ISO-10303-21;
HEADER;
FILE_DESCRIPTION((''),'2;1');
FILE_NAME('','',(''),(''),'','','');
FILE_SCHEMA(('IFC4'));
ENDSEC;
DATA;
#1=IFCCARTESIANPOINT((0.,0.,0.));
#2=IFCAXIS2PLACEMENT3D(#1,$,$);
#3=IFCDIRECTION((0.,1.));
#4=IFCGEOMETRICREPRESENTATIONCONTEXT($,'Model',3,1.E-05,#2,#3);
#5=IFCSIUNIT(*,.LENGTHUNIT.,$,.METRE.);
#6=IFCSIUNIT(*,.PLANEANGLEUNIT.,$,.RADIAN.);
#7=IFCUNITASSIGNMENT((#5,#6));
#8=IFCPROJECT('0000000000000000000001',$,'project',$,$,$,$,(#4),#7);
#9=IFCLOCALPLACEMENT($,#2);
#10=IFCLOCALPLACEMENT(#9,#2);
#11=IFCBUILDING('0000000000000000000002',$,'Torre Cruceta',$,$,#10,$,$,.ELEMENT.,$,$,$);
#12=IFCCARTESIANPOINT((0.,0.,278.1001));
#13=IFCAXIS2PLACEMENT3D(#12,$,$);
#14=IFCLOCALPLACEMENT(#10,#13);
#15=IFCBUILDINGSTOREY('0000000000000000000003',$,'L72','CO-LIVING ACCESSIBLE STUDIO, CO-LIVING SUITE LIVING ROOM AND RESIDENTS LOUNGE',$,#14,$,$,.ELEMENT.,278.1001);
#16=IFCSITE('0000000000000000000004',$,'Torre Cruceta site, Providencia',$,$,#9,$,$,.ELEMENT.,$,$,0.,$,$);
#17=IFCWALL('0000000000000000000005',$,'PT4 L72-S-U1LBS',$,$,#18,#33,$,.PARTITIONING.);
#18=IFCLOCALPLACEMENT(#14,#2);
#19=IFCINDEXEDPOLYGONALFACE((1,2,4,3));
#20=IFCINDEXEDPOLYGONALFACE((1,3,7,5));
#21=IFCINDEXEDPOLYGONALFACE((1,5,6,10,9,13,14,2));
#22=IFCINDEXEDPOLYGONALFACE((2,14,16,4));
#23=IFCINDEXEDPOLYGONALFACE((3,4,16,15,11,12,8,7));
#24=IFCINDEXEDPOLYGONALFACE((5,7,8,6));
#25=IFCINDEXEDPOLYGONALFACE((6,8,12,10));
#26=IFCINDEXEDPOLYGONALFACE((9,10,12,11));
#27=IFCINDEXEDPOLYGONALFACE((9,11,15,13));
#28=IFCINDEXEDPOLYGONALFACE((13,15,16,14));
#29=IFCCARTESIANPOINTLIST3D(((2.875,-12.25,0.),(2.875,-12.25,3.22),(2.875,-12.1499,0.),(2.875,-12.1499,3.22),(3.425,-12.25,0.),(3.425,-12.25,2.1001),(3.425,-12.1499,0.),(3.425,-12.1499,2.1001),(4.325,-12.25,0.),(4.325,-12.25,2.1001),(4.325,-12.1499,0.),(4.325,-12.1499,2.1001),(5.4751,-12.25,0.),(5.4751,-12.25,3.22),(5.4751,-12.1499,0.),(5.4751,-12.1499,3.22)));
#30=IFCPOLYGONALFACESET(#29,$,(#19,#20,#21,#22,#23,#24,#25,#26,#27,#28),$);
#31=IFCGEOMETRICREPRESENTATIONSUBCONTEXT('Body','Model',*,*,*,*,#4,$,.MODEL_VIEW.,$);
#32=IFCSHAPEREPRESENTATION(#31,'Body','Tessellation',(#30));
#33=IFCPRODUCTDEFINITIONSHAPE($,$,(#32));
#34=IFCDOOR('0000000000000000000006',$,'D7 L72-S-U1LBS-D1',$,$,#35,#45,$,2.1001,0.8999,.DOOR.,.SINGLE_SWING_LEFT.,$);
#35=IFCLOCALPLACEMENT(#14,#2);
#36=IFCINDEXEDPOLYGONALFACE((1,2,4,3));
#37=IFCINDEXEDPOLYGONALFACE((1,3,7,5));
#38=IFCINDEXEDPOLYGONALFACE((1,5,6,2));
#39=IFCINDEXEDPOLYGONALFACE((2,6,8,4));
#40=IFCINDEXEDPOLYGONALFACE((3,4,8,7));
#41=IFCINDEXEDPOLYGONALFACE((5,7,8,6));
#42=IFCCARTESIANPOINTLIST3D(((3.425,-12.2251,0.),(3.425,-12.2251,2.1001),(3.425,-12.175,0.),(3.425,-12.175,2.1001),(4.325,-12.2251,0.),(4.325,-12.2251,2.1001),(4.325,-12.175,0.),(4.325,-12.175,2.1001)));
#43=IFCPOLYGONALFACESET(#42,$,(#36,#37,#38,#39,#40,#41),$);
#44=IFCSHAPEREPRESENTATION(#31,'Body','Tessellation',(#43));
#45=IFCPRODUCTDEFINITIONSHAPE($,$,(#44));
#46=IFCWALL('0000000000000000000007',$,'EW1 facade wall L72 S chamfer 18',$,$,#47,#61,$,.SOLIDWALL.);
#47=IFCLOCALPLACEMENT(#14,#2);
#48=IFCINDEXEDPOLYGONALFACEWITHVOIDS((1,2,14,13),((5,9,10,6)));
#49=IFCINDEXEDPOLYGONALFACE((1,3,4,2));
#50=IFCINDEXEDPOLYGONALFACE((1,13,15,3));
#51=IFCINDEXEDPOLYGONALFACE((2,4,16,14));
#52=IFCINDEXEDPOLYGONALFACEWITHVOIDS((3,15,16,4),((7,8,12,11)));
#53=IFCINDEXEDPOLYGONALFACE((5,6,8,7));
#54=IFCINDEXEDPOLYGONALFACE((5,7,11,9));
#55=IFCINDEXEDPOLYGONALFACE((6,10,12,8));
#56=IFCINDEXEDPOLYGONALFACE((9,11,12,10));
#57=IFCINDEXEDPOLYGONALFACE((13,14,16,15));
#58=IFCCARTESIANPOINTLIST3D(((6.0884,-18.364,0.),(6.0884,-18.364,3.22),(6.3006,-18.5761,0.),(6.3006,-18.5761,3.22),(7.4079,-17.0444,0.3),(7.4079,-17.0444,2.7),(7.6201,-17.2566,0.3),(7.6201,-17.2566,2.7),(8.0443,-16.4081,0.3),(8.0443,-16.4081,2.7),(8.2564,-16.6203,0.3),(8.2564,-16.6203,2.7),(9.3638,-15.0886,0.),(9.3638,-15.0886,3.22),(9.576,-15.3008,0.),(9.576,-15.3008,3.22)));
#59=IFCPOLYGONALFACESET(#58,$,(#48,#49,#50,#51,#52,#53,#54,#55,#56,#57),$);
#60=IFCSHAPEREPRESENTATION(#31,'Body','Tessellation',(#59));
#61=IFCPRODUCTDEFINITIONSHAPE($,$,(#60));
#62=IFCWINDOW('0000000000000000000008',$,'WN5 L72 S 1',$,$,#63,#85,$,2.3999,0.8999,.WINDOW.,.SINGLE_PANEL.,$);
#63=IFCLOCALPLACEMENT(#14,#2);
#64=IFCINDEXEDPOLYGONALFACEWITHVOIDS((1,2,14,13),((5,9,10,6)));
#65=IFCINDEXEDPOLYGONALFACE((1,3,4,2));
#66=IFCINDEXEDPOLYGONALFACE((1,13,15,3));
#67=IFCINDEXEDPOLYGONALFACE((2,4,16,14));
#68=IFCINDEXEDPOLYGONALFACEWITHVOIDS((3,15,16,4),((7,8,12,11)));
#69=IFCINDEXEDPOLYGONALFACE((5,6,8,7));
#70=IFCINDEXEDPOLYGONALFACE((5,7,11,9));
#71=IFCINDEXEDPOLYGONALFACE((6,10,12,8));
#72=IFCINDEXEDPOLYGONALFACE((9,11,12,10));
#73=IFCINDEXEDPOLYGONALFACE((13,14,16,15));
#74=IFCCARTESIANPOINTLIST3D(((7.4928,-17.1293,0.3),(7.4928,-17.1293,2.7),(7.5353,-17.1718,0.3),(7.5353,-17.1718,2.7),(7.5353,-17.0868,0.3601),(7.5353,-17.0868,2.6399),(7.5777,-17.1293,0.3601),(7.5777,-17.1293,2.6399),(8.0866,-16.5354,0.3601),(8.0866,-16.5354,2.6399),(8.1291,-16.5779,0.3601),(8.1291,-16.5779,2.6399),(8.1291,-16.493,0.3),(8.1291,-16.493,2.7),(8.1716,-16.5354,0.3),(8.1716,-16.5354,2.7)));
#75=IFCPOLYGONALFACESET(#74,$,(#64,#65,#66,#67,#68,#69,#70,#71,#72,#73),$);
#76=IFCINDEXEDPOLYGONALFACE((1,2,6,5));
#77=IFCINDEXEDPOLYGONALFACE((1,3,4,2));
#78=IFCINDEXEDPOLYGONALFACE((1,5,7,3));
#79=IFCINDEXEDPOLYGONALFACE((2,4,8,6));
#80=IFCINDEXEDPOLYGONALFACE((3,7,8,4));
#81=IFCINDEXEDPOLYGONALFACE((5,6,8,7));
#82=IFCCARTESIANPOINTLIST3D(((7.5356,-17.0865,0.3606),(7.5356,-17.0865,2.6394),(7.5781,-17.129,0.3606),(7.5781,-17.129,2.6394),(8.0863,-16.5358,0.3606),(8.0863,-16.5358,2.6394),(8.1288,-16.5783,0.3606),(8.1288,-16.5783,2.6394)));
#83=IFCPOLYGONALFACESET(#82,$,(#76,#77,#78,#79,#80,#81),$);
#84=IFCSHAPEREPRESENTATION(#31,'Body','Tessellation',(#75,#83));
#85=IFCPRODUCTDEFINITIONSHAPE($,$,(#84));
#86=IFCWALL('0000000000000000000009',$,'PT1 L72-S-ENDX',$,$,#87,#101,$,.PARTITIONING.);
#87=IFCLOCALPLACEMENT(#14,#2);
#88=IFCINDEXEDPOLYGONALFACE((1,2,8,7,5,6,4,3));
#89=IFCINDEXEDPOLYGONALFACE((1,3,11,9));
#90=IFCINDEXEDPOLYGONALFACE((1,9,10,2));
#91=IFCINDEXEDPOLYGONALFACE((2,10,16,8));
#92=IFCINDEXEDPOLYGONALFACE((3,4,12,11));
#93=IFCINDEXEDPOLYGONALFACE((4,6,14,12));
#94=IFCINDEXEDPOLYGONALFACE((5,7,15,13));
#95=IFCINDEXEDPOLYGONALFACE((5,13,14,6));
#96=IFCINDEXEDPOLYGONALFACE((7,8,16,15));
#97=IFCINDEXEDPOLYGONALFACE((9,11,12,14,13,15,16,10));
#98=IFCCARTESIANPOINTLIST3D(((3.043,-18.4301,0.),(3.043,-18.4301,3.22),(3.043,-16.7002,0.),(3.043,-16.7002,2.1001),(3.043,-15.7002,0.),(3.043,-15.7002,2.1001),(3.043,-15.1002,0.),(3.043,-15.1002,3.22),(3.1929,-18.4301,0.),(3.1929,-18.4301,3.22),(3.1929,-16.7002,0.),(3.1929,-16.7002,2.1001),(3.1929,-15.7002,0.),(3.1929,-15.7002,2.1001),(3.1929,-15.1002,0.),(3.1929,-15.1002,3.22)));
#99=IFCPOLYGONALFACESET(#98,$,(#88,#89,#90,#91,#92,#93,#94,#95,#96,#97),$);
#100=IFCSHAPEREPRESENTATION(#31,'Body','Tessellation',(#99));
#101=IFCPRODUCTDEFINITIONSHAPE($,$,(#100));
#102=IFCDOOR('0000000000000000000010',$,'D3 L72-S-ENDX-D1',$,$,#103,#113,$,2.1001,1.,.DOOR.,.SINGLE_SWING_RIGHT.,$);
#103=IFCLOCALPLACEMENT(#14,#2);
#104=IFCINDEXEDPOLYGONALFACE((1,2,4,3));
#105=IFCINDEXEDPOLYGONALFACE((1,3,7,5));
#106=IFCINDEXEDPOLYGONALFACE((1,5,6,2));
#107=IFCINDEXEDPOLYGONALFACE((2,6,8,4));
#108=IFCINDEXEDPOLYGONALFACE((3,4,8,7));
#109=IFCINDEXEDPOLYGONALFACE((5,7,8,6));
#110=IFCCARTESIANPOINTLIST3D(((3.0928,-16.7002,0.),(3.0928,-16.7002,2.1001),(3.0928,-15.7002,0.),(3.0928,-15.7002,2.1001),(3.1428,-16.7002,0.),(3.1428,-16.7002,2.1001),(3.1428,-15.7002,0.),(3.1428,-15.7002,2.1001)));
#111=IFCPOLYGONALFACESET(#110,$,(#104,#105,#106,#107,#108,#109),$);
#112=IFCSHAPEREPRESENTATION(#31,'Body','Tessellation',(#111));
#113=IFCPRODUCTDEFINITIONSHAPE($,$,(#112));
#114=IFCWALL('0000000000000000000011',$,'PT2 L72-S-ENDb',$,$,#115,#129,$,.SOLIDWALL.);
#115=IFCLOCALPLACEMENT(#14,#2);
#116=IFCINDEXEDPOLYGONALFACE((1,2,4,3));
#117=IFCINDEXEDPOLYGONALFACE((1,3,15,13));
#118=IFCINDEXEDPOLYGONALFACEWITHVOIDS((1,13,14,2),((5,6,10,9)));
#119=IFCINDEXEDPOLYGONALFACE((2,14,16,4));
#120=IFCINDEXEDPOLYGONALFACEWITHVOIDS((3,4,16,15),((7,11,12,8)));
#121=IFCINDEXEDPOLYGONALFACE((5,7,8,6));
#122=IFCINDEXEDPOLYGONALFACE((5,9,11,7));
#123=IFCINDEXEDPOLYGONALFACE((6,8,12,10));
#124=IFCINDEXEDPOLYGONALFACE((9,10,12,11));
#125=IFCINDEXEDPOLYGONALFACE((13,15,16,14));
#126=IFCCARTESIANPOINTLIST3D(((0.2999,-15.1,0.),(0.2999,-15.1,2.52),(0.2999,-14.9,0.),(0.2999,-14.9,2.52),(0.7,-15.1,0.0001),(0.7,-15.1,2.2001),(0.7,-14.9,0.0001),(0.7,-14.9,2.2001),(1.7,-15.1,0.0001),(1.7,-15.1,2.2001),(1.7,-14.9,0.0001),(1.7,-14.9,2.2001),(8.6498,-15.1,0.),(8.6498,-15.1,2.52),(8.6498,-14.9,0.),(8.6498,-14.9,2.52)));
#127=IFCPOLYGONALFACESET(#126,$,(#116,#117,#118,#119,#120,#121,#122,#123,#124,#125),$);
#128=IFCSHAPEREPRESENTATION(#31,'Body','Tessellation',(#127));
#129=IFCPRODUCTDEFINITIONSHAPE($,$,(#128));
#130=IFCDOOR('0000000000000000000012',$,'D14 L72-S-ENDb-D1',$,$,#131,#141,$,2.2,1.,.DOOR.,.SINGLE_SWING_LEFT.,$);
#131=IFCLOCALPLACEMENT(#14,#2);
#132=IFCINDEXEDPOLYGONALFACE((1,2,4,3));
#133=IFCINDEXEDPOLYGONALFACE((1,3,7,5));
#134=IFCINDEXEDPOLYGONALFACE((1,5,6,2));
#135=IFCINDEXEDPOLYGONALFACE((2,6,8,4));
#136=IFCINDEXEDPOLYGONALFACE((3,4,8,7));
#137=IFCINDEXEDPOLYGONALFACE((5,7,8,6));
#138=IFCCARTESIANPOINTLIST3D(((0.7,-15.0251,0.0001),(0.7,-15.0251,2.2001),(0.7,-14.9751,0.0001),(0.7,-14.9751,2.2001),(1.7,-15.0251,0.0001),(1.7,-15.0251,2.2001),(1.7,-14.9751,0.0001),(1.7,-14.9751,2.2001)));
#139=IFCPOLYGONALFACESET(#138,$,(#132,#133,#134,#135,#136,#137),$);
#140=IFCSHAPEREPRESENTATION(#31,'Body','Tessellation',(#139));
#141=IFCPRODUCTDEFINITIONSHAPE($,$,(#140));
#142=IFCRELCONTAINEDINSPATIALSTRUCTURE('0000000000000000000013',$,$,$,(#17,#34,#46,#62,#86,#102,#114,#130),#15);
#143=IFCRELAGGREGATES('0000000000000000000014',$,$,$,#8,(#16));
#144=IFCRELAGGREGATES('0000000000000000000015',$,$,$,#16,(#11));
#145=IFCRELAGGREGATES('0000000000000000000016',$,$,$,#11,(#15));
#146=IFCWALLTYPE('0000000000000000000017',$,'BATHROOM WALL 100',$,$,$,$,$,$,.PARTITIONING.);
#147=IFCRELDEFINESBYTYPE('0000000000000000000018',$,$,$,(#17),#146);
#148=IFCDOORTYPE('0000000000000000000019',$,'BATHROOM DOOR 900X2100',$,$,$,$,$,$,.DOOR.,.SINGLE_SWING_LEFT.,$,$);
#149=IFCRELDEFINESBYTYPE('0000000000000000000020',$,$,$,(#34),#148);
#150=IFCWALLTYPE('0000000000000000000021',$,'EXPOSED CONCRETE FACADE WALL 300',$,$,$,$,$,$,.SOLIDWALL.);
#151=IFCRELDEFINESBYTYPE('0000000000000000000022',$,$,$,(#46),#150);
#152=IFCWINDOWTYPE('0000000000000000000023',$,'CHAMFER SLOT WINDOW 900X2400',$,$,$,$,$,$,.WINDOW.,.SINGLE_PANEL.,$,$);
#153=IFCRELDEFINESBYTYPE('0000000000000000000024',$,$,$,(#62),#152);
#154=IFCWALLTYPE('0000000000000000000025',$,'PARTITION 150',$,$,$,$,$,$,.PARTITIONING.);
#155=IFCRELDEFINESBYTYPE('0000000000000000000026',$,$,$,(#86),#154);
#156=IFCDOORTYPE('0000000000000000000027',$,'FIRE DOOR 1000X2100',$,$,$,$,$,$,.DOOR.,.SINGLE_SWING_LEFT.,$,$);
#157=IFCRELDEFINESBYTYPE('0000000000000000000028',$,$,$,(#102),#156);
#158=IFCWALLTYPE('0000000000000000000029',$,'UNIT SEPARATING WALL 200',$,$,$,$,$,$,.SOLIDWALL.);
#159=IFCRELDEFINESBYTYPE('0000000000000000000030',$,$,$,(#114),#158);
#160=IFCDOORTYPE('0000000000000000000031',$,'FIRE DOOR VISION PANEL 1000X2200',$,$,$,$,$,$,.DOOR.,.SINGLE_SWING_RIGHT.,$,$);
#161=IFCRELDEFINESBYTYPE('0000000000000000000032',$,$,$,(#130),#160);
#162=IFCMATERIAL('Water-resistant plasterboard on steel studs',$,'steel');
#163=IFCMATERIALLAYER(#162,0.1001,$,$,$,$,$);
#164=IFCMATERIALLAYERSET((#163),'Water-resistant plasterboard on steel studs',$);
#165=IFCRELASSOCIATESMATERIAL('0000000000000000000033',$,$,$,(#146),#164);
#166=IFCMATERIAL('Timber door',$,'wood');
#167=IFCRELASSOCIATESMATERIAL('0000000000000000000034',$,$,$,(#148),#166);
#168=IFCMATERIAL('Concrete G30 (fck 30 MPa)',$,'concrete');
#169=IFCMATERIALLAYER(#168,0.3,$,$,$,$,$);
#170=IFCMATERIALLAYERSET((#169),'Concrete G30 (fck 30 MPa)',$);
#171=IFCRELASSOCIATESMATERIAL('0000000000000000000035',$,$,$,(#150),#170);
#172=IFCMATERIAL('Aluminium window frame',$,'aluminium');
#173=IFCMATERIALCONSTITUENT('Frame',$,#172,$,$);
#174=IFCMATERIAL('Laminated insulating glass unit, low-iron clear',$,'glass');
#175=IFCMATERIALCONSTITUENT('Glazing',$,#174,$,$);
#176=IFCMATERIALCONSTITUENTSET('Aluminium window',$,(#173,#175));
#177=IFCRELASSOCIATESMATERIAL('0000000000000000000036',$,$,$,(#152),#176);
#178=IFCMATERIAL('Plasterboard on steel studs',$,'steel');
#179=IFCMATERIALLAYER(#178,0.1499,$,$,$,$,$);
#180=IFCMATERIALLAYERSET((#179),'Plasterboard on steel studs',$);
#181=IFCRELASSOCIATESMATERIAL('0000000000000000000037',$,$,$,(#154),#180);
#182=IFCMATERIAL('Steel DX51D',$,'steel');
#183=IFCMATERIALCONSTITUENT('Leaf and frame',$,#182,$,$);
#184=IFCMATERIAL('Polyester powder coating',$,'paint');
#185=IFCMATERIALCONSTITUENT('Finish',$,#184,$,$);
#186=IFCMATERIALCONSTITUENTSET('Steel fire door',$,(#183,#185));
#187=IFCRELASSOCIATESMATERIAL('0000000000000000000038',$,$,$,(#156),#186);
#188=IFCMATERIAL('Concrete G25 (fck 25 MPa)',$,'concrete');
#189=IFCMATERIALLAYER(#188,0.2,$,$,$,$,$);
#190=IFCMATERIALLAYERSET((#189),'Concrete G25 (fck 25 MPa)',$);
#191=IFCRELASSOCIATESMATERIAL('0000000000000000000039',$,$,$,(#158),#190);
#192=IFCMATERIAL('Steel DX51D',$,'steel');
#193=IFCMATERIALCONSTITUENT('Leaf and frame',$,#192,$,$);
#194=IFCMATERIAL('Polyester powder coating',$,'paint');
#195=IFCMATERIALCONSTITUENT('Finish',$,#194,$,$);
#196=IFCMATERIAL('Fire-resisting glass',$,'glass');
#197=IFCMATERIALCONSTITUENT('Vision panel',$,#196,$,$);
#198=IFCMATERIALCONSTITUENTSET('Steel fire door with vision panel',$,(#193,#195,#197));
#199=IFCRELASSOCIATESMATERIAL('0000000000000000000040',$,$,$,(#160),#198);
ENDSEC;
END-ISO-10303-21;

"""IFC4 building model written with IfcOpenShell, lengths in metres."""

from ifc_helpers import new_model, si_unit, direction, frame, frame_2d, origin, place, context, subcontext, project, spatial, rectangle, hollow_rectangle, extrude, material, layer, layer_set, constituent, constituent_set, type_object, element, fill, save


model = new_model("IFC4")

# Units and contexts
model_context = context("Model", 3, precision=1e-05, world=origin(), true_north=direction((0.0, 1.0)))
body_context = subcontext(model_context, "Body", "Model", "MODEL_VIEW")
ifc_project = project(units=[si_unit("LENGTHUNIT", "METRE"), si_unit("PLANEANGLEUNIT", "RADIAN")], contexts=[model_context])

# Site, building, storey
site_placement = place(None, origin())
site = spatial("IfcSite", under=ifc_project, at=site_placement, Name="Torre Cruceta site, Providencia", CompositionType="ELEMENT", RefElevation=0.0)
building_placement = place(site_placement, origin())
building = spatial("IfcBuilding", under=site, at=building_placement, Name="Torre Cruceta", CompositionType="ELEMENT")
storey_placement = place(building_placement, frame((0.0, 0.0, 278.1001)))
storey = spatial("IfcBuildingStorey", under=building, at=storey_placement, Name="L72", Description="CO-LIVING ACCESSIBLE STUDIO, CO-LIVING SUITE LIVING ROOM AND RESIDENTS LOUNGE", CompositionType="ELEMENT", Elevation=278.1001)

# Wall, opening, door
ifc_material_1 = material(Name="Water-resistant plasterboard on steel studs", Category="steel")
ifc_layer_1 = layer(ifc_material_1, 0.1001)
ifc_layer_set_1 = layer_set([ifc_layer_1], Name="Water-resistant plasterboard on steel studs")
wall_type_1 = type_object("IfcWallType", Name="BATHROOM WALL 100", PredefinedType="PARTITIONING", material=ifc_layer_set_1)
wall_1_placement = place(storey_placement, frame((2.875, -12.2, 0.0), z_axis=(0.0, 0.0, 1.0), x_axis=(1.0, 0.0, 0.0)))
wall_1 = element("IfcWall", 1, at=wall_1_placement, inside=storey, type_object=wall_type_1, Name="PT4 L72-S-U1LBS", PredefinedType="PARTITIONING", context=body_context, shape_type="SweptSolid", body=[
    extrude(rectangle(XDim=2.6001, YDim=0.1001, at=frame_2d((1.3, 0.0))), origin(), (0.0, 0.0, 1.0), 3.22),
])
opening_1_placement = place(wall_1_placement, frame((0.55, 0.0, 0.0)))
opening_1 = element("IfcOpeningElement", 2, at=opening_1_placement, cuts=wall_1, PredefinedType="OPENING", context=body_context, shape_type="SweptSolid", body=[
    extrude(rectangle(XDim=0.8999, YDim=2.1001, at=frame_2d((0.45, 1.05))), frame((0.0, 0.0601, 0.0), z_axis=(0.0, -1.0, 0.0), x_axis=(1.0, 0.0, 0.0)), (0.0, 0.0, 1.0), 0.1201),
])
ifc_material_2 = material(Name="Timber door", Category="wood")
door_type_1 = type_object("IfcDoorType", Name="BATHROOM DOOR 900X2100", OperationType="SINGLE_SWING_LEFT", PredefinedType="DOOR", material=ifc_material_2)
door_1_placement = place(opening_1_placement, origin())
door_1 = element("IfcDoor", 3, at=door_1_placement, inside=storey, type_object=door_type_1, Name="D7 L72-S-U1LBS-D1", OperationType="SINGLE_SWING_LEFT", OverallHeight=2.1001, OverallWidth=0.8999, PredefinedType="DOOR", context=body_context, shape_type="SweptSolid", body=[
    extrude(rectangle(XDim=0.8999, YDim=2.1001, at=frame_2d((0.45, 1.05))), frame((0.0, 0.0249, 0.0), z_axis=(0.0, -1.0, 0.0), x_axis=(1.0, 0.0, 0.0)), (0.0, 0.0, 1.0), 0.05),
])
fill(opening_1, door_1)

# Wall, opening, window
ifc_material_3 = material(Name="Concrete G30 (fck 30 MPa)", Category="concrete")
ifc_layer_2 = layer(ifc_material_3, 0.3)
ifc_layer_set_2 = layer_set([ifc_layer_2], Name="Concrete G30 (fck 30 MPa)")
wall_type_2 = type_object("IfcWallType", Name="EXPOSED CONCRETE FACADE WALL 300", PredefinedType="SOLIDWALL", material=ifc_layer_set_2)
wall_2_placement = place(storey_placement, frame((6.1946, -18.47, 0.0), z_axis=(0.0, 0.0, 1.0), x_axis=(0.707107, 0.707107, 0.0)))
wall_2 = element("IfcWall", 4, at=wall_2_placement, inside=storey, type_object=wall_type_2, Name="EW1 facade wall L72 S chamfer 18", PredefinedType="SOLIDWALL", context=body_context, shape_type="SweptSolid", body=[
    extrude(rectangle(XDim=4.6321, YDim=0.3, at=frame_2d((2.3159, 0.0))), origin(), (0.0, 0.0, 1.0), 3.22),
])
opening_2_placement = place(wall_2_placement, frame((1.866, 0.0, 0.3)))
opening_2 = element("IfcOpeningElement", 5, at=opening_2_placement, cuts=wall_2, PredefinedType="OPENING", context=body_context, shape_type="SweptSolid", body=[
    extrude(rectangle(XDim=0.8999, YDim=2.3999, at=frame_2d((0.45, 1.2))), frame((0.0, 0.1599, 0.0), z_axis=(0.0, -1.0, 0.0), x_axis=(1.0, 0.0, 0.0)), (0.0, 0.0, 1.0), 0.3201),
])
ifc_material_4 = material(Name="Aluminium window frame", Category="aluminium")
ifc_constituent_1 = constituent(ifc_material_4, Name="Frame")
ifc_material_5 = material(Name="Laminated insulating glass unit, low-iron clear", Category="glass")
ifc_constituent_2 = constituent(ifc_material_5, Name="Glazing")
ifc_constituent_set_1 = constituent_set(constituents=[ifc_constituent_1, ifc_constituent_2], Name="Aluminium window")
window_type = type_object("IfcWindowType", Name="CHAMFER SLOT WINDOW 900X2400", PartitioningType="SINGLE_PANEL", PredefinedType="WINDOW", material=ifc_constituent_set_1)
window_placement = place(opening_2_placement, origin())
window = element("IfcWindow", 6, at=window_placement, inside=storey, type_object=window_type, Name="WN5 L72 S 1", OverallHeight=2.3999, OverallWidth=0.8999, PartitioningType="SINGLE_PANEL", PredefinedType="WINDOW", context=body_context, shape_type="SweptSolid", body=[
    extrude(hollow_rectangle(XDim=0.8999, YDim=2.3999, WallThickness=0.0601, at=frame_2d((0.45, 1.2))), frame((0.0, 0.03, 0.0), z_axis=(0.0, -1.0, 0.0), x_axis=(1.0, 0.0, 0.0)), (0.0, 0.0, 1.0), 0.0601),
    extrude(rectangle(XDim=0.7788, YDim=2.2788, at=frame_2d((0.45, 1.2))), frame((0.0, 0.03, 0.0), z_axis=(0.0, -1.0, 0.0), x_axis=(1.0, 0.0, 0.0)), (0.0, 0.0, 1.0), 0.0601),
])
fill(opening_2, window)

# Walls, openings, doors
ifc_material_6 = material(Name="Plasterboard on steel studs", Category="steel")
ifc_layer_3 = layer(ifc_material_6, 0.1499)
ifc_layer_set_3 = layer_set([ifc_layer_3], Name="Plasterboard on steel studs")
wall_type_3 = type_object("IfcWallType", Name="PARTITION 150", PredefinedType="PARTITIONING", material=ifc_layer_set_3)
wall_3_placement = place(storey_placement, frame((3.1179, -15.1001, 0.0), z_axis=(0.0, 0.0, 1.0), x_axis=(0.0, -1.0, 0.0)))
wall_3 = element("IfcWall", 7, at=wall_3_placement, inside=storey, type_object=wall_type_3, Name="PT1 L72-S-ENDX", PredefinedType="PARTITIONING", context=body_context, shape_type="SweptSolid", body=[
    extrude(rectangle(XDim=3.3298, YDim=0.1499, at=frame_2d((1.665, 0.0))), origin(), (0.0, 0.0, 1.0), 3.22),
])
opening_3_placement = place(wall_3_placement, frame((0.6001, 0.0, 0.0)))
opening_3 = element("IfcOpeningElement", 8, at=opening_3_placement, cuts=wall_3, PredefinedType="OPENING", context=body_context, shape_type="SweptSolid", body=[
    extrude(rectangle(XDim=1.0, YDim=2.1001, at=frame_2d((0.5, 1.05))), frame((0.0, 0.085, 0.0), z_axis=(0.0, -1.0, 0.0), x_axis=(1.0, 0.0, 0.0)), (0.0, 0.0, 1.0), 0.1699),
])
ifc_material_7 = material(Name="Steel DX51D", Category="steel")
ifc_constituent_3 = constituent(ifc_material_7, Name="Leaf and frame")
ifc_material_8 = material(Name="Polyester powder coating", Category="paint")
ifc_constituent_4 = constituent(ifc_material_8, Name="Finish")
ifc_constituent_set_2 = constituent_set(constituents=[ifc_constituent_3, ifc_constituent_4], Name="Steel fire door")
door_type_2 = type_object("IfcDoorType", Name="FIRE DOOR 1000X2100", OperationType="SINGLE_SWING_LEFT", PredefinedType="DOOR", material=ifc_constituent_set_2)
door_2_placement = place(opening_3_placement, frame((1.0, 0.0, 0.0), z_axis=(0.0, 0.0, 1.0), x_axis=(-1.0, 0.0, 0.0)))
door_2 = element("IfcDoor", 9, at=door_2_placement, inside=storey, type_object=door_type_2, Name="D3 L72-S-ENDX-D1", OperationType="SINGLE_SWING_RIGHT", OverallHeight=2.1001, OverallWidth=1.0, PredefinedType="DOOR", context=body_context, shape_type="SweptSolid", body=[
    extrude(rectangle(XDim=1.0, YDim=2.1001, at=frame_2d((0.5, 1.05))), frame((0.0, 0.0251, 0.0), z_axis=(0.0, -1.0, 0.0), x_axis=(1.0, 0.0, 0.0)), (0.0, 0.0, 1.0), 0.05),
])
fill(opening_3, door_2)
ifc_material_9 = material(Name="Concrete G25 (fck 25 MPa)", Category="concrete")
ifc_layer_4 = layer(ifc_material_9, 0.2)
ifc_layer_set_4 = layer_set([ifc_layer_4], Name="Concrete G25 (fck 25 MPa)")
wall_type_4 = type_object("IfcWallType", Name="UNIT SEPARATING WALL 200", PredefinedType="SOLIDWALL", material=ifc_layer_set_4)
wall_4_placement = place(storey_placement, frame((0.3, -15.0, 0.0), z_axis=(0.0, 0.0, 1.0), x_axis=(1.0, 0.0, 0.0)))
wall_4 = element("IfcWall", 10, at=wall_4_placement, inside=storey, type_object=wall_type_4, Name="PT2 L72-S-ENDb", PredefinedType="SOLIDWALL", context=body_context, shape_type="SweptSolid", body=[
    extrude(rectangle(XDim=8.3499, YDim=0.2, at=frame_2d((4.1748, 0.0))), origin(), (0.0, 0.0, 1.0), 2.52),
])
opening_4_placement = place(wall_4_placement, frame((0.3999, 0.0, 0.0)))
opening_4 = element("IfcOpeningElement", 11, at=opening_4_placement, cuts=wall_4, PredefinedType="OPENING", context=body_context, shape_type="SweptSolid", body=[
    extrude(rectangle(XDim=1.0, YDim=2.2, at=frame_2d((0.5, 1.1001))), frame((0.0, 0.1099, 0.0), z_axis=(0.0, -1.0, 0.0), x_axis=(1.0, 0.0, 0.0)), (0.0, 0.0, 1.0), 0.22),
])
ifc_material_10 = material(Name="Steel DX51D", Category="steel")
ifc_constituent_5 = constituent(ifc_material_10, Name="Leaf and frame")
ifc_material_11 = material(Name="Polyester powder coating", Category="paint")
ifc_constituent_6 = constituent(ifc_material_11, Name="Finish")
ifc_material_12 = material(Name="Fire-resisting glass", Category="glass")
ifc_constituent_7 = constituent(ifc_material_12, Name="Vision panel")
ifc_constituent_set_3 = constituent_set(constituents=[ifc_constituent_5, ifc_constituent_6, ifc_constituent_7], Name="Steel fire door with vision panel")
door_type_3 = type_object("IfcDoorType", Name="FIRE DOOR VISION PANEL 1000X2200", OperationType="SINGLE_SWING_RIGHT", PredefinedType="DOOR", material=ifc_constituent_set_3)
door_3_placement = place(opening_4_placement, frame((1.0, 0.0, 0.0), z_axis=(0.0, 0.0, 1.0), x_axis=(-1.0, 0.0, 0.0)))
door_3 = element("IfcDoor", 12, at=door_3_placement, inside=storey, type_object=door_type_3, Name="D14 L72-S-ENDb-D1", OperationType="SINGLE_SWING_LEFT", OverallHeight=2.2, OverallWidth=1.0, PredefinedType="DOOR", context=body_context, shape_type="SweptSolid", body=[
    extrude(rectangle(XDim=1.0, YDim=2.2, at=frame_2d((0.5, 1.1001))), frame((0.0, 0.0251, 0.0), z_axis=(0.0, -1.0, 0.0), x_axis=(1.0, 0.0, 0.0)), (0.0, 0.0, 1.0), 0.05),
])
fill(opening_4, door_3)

save(model, "model.ifc")
